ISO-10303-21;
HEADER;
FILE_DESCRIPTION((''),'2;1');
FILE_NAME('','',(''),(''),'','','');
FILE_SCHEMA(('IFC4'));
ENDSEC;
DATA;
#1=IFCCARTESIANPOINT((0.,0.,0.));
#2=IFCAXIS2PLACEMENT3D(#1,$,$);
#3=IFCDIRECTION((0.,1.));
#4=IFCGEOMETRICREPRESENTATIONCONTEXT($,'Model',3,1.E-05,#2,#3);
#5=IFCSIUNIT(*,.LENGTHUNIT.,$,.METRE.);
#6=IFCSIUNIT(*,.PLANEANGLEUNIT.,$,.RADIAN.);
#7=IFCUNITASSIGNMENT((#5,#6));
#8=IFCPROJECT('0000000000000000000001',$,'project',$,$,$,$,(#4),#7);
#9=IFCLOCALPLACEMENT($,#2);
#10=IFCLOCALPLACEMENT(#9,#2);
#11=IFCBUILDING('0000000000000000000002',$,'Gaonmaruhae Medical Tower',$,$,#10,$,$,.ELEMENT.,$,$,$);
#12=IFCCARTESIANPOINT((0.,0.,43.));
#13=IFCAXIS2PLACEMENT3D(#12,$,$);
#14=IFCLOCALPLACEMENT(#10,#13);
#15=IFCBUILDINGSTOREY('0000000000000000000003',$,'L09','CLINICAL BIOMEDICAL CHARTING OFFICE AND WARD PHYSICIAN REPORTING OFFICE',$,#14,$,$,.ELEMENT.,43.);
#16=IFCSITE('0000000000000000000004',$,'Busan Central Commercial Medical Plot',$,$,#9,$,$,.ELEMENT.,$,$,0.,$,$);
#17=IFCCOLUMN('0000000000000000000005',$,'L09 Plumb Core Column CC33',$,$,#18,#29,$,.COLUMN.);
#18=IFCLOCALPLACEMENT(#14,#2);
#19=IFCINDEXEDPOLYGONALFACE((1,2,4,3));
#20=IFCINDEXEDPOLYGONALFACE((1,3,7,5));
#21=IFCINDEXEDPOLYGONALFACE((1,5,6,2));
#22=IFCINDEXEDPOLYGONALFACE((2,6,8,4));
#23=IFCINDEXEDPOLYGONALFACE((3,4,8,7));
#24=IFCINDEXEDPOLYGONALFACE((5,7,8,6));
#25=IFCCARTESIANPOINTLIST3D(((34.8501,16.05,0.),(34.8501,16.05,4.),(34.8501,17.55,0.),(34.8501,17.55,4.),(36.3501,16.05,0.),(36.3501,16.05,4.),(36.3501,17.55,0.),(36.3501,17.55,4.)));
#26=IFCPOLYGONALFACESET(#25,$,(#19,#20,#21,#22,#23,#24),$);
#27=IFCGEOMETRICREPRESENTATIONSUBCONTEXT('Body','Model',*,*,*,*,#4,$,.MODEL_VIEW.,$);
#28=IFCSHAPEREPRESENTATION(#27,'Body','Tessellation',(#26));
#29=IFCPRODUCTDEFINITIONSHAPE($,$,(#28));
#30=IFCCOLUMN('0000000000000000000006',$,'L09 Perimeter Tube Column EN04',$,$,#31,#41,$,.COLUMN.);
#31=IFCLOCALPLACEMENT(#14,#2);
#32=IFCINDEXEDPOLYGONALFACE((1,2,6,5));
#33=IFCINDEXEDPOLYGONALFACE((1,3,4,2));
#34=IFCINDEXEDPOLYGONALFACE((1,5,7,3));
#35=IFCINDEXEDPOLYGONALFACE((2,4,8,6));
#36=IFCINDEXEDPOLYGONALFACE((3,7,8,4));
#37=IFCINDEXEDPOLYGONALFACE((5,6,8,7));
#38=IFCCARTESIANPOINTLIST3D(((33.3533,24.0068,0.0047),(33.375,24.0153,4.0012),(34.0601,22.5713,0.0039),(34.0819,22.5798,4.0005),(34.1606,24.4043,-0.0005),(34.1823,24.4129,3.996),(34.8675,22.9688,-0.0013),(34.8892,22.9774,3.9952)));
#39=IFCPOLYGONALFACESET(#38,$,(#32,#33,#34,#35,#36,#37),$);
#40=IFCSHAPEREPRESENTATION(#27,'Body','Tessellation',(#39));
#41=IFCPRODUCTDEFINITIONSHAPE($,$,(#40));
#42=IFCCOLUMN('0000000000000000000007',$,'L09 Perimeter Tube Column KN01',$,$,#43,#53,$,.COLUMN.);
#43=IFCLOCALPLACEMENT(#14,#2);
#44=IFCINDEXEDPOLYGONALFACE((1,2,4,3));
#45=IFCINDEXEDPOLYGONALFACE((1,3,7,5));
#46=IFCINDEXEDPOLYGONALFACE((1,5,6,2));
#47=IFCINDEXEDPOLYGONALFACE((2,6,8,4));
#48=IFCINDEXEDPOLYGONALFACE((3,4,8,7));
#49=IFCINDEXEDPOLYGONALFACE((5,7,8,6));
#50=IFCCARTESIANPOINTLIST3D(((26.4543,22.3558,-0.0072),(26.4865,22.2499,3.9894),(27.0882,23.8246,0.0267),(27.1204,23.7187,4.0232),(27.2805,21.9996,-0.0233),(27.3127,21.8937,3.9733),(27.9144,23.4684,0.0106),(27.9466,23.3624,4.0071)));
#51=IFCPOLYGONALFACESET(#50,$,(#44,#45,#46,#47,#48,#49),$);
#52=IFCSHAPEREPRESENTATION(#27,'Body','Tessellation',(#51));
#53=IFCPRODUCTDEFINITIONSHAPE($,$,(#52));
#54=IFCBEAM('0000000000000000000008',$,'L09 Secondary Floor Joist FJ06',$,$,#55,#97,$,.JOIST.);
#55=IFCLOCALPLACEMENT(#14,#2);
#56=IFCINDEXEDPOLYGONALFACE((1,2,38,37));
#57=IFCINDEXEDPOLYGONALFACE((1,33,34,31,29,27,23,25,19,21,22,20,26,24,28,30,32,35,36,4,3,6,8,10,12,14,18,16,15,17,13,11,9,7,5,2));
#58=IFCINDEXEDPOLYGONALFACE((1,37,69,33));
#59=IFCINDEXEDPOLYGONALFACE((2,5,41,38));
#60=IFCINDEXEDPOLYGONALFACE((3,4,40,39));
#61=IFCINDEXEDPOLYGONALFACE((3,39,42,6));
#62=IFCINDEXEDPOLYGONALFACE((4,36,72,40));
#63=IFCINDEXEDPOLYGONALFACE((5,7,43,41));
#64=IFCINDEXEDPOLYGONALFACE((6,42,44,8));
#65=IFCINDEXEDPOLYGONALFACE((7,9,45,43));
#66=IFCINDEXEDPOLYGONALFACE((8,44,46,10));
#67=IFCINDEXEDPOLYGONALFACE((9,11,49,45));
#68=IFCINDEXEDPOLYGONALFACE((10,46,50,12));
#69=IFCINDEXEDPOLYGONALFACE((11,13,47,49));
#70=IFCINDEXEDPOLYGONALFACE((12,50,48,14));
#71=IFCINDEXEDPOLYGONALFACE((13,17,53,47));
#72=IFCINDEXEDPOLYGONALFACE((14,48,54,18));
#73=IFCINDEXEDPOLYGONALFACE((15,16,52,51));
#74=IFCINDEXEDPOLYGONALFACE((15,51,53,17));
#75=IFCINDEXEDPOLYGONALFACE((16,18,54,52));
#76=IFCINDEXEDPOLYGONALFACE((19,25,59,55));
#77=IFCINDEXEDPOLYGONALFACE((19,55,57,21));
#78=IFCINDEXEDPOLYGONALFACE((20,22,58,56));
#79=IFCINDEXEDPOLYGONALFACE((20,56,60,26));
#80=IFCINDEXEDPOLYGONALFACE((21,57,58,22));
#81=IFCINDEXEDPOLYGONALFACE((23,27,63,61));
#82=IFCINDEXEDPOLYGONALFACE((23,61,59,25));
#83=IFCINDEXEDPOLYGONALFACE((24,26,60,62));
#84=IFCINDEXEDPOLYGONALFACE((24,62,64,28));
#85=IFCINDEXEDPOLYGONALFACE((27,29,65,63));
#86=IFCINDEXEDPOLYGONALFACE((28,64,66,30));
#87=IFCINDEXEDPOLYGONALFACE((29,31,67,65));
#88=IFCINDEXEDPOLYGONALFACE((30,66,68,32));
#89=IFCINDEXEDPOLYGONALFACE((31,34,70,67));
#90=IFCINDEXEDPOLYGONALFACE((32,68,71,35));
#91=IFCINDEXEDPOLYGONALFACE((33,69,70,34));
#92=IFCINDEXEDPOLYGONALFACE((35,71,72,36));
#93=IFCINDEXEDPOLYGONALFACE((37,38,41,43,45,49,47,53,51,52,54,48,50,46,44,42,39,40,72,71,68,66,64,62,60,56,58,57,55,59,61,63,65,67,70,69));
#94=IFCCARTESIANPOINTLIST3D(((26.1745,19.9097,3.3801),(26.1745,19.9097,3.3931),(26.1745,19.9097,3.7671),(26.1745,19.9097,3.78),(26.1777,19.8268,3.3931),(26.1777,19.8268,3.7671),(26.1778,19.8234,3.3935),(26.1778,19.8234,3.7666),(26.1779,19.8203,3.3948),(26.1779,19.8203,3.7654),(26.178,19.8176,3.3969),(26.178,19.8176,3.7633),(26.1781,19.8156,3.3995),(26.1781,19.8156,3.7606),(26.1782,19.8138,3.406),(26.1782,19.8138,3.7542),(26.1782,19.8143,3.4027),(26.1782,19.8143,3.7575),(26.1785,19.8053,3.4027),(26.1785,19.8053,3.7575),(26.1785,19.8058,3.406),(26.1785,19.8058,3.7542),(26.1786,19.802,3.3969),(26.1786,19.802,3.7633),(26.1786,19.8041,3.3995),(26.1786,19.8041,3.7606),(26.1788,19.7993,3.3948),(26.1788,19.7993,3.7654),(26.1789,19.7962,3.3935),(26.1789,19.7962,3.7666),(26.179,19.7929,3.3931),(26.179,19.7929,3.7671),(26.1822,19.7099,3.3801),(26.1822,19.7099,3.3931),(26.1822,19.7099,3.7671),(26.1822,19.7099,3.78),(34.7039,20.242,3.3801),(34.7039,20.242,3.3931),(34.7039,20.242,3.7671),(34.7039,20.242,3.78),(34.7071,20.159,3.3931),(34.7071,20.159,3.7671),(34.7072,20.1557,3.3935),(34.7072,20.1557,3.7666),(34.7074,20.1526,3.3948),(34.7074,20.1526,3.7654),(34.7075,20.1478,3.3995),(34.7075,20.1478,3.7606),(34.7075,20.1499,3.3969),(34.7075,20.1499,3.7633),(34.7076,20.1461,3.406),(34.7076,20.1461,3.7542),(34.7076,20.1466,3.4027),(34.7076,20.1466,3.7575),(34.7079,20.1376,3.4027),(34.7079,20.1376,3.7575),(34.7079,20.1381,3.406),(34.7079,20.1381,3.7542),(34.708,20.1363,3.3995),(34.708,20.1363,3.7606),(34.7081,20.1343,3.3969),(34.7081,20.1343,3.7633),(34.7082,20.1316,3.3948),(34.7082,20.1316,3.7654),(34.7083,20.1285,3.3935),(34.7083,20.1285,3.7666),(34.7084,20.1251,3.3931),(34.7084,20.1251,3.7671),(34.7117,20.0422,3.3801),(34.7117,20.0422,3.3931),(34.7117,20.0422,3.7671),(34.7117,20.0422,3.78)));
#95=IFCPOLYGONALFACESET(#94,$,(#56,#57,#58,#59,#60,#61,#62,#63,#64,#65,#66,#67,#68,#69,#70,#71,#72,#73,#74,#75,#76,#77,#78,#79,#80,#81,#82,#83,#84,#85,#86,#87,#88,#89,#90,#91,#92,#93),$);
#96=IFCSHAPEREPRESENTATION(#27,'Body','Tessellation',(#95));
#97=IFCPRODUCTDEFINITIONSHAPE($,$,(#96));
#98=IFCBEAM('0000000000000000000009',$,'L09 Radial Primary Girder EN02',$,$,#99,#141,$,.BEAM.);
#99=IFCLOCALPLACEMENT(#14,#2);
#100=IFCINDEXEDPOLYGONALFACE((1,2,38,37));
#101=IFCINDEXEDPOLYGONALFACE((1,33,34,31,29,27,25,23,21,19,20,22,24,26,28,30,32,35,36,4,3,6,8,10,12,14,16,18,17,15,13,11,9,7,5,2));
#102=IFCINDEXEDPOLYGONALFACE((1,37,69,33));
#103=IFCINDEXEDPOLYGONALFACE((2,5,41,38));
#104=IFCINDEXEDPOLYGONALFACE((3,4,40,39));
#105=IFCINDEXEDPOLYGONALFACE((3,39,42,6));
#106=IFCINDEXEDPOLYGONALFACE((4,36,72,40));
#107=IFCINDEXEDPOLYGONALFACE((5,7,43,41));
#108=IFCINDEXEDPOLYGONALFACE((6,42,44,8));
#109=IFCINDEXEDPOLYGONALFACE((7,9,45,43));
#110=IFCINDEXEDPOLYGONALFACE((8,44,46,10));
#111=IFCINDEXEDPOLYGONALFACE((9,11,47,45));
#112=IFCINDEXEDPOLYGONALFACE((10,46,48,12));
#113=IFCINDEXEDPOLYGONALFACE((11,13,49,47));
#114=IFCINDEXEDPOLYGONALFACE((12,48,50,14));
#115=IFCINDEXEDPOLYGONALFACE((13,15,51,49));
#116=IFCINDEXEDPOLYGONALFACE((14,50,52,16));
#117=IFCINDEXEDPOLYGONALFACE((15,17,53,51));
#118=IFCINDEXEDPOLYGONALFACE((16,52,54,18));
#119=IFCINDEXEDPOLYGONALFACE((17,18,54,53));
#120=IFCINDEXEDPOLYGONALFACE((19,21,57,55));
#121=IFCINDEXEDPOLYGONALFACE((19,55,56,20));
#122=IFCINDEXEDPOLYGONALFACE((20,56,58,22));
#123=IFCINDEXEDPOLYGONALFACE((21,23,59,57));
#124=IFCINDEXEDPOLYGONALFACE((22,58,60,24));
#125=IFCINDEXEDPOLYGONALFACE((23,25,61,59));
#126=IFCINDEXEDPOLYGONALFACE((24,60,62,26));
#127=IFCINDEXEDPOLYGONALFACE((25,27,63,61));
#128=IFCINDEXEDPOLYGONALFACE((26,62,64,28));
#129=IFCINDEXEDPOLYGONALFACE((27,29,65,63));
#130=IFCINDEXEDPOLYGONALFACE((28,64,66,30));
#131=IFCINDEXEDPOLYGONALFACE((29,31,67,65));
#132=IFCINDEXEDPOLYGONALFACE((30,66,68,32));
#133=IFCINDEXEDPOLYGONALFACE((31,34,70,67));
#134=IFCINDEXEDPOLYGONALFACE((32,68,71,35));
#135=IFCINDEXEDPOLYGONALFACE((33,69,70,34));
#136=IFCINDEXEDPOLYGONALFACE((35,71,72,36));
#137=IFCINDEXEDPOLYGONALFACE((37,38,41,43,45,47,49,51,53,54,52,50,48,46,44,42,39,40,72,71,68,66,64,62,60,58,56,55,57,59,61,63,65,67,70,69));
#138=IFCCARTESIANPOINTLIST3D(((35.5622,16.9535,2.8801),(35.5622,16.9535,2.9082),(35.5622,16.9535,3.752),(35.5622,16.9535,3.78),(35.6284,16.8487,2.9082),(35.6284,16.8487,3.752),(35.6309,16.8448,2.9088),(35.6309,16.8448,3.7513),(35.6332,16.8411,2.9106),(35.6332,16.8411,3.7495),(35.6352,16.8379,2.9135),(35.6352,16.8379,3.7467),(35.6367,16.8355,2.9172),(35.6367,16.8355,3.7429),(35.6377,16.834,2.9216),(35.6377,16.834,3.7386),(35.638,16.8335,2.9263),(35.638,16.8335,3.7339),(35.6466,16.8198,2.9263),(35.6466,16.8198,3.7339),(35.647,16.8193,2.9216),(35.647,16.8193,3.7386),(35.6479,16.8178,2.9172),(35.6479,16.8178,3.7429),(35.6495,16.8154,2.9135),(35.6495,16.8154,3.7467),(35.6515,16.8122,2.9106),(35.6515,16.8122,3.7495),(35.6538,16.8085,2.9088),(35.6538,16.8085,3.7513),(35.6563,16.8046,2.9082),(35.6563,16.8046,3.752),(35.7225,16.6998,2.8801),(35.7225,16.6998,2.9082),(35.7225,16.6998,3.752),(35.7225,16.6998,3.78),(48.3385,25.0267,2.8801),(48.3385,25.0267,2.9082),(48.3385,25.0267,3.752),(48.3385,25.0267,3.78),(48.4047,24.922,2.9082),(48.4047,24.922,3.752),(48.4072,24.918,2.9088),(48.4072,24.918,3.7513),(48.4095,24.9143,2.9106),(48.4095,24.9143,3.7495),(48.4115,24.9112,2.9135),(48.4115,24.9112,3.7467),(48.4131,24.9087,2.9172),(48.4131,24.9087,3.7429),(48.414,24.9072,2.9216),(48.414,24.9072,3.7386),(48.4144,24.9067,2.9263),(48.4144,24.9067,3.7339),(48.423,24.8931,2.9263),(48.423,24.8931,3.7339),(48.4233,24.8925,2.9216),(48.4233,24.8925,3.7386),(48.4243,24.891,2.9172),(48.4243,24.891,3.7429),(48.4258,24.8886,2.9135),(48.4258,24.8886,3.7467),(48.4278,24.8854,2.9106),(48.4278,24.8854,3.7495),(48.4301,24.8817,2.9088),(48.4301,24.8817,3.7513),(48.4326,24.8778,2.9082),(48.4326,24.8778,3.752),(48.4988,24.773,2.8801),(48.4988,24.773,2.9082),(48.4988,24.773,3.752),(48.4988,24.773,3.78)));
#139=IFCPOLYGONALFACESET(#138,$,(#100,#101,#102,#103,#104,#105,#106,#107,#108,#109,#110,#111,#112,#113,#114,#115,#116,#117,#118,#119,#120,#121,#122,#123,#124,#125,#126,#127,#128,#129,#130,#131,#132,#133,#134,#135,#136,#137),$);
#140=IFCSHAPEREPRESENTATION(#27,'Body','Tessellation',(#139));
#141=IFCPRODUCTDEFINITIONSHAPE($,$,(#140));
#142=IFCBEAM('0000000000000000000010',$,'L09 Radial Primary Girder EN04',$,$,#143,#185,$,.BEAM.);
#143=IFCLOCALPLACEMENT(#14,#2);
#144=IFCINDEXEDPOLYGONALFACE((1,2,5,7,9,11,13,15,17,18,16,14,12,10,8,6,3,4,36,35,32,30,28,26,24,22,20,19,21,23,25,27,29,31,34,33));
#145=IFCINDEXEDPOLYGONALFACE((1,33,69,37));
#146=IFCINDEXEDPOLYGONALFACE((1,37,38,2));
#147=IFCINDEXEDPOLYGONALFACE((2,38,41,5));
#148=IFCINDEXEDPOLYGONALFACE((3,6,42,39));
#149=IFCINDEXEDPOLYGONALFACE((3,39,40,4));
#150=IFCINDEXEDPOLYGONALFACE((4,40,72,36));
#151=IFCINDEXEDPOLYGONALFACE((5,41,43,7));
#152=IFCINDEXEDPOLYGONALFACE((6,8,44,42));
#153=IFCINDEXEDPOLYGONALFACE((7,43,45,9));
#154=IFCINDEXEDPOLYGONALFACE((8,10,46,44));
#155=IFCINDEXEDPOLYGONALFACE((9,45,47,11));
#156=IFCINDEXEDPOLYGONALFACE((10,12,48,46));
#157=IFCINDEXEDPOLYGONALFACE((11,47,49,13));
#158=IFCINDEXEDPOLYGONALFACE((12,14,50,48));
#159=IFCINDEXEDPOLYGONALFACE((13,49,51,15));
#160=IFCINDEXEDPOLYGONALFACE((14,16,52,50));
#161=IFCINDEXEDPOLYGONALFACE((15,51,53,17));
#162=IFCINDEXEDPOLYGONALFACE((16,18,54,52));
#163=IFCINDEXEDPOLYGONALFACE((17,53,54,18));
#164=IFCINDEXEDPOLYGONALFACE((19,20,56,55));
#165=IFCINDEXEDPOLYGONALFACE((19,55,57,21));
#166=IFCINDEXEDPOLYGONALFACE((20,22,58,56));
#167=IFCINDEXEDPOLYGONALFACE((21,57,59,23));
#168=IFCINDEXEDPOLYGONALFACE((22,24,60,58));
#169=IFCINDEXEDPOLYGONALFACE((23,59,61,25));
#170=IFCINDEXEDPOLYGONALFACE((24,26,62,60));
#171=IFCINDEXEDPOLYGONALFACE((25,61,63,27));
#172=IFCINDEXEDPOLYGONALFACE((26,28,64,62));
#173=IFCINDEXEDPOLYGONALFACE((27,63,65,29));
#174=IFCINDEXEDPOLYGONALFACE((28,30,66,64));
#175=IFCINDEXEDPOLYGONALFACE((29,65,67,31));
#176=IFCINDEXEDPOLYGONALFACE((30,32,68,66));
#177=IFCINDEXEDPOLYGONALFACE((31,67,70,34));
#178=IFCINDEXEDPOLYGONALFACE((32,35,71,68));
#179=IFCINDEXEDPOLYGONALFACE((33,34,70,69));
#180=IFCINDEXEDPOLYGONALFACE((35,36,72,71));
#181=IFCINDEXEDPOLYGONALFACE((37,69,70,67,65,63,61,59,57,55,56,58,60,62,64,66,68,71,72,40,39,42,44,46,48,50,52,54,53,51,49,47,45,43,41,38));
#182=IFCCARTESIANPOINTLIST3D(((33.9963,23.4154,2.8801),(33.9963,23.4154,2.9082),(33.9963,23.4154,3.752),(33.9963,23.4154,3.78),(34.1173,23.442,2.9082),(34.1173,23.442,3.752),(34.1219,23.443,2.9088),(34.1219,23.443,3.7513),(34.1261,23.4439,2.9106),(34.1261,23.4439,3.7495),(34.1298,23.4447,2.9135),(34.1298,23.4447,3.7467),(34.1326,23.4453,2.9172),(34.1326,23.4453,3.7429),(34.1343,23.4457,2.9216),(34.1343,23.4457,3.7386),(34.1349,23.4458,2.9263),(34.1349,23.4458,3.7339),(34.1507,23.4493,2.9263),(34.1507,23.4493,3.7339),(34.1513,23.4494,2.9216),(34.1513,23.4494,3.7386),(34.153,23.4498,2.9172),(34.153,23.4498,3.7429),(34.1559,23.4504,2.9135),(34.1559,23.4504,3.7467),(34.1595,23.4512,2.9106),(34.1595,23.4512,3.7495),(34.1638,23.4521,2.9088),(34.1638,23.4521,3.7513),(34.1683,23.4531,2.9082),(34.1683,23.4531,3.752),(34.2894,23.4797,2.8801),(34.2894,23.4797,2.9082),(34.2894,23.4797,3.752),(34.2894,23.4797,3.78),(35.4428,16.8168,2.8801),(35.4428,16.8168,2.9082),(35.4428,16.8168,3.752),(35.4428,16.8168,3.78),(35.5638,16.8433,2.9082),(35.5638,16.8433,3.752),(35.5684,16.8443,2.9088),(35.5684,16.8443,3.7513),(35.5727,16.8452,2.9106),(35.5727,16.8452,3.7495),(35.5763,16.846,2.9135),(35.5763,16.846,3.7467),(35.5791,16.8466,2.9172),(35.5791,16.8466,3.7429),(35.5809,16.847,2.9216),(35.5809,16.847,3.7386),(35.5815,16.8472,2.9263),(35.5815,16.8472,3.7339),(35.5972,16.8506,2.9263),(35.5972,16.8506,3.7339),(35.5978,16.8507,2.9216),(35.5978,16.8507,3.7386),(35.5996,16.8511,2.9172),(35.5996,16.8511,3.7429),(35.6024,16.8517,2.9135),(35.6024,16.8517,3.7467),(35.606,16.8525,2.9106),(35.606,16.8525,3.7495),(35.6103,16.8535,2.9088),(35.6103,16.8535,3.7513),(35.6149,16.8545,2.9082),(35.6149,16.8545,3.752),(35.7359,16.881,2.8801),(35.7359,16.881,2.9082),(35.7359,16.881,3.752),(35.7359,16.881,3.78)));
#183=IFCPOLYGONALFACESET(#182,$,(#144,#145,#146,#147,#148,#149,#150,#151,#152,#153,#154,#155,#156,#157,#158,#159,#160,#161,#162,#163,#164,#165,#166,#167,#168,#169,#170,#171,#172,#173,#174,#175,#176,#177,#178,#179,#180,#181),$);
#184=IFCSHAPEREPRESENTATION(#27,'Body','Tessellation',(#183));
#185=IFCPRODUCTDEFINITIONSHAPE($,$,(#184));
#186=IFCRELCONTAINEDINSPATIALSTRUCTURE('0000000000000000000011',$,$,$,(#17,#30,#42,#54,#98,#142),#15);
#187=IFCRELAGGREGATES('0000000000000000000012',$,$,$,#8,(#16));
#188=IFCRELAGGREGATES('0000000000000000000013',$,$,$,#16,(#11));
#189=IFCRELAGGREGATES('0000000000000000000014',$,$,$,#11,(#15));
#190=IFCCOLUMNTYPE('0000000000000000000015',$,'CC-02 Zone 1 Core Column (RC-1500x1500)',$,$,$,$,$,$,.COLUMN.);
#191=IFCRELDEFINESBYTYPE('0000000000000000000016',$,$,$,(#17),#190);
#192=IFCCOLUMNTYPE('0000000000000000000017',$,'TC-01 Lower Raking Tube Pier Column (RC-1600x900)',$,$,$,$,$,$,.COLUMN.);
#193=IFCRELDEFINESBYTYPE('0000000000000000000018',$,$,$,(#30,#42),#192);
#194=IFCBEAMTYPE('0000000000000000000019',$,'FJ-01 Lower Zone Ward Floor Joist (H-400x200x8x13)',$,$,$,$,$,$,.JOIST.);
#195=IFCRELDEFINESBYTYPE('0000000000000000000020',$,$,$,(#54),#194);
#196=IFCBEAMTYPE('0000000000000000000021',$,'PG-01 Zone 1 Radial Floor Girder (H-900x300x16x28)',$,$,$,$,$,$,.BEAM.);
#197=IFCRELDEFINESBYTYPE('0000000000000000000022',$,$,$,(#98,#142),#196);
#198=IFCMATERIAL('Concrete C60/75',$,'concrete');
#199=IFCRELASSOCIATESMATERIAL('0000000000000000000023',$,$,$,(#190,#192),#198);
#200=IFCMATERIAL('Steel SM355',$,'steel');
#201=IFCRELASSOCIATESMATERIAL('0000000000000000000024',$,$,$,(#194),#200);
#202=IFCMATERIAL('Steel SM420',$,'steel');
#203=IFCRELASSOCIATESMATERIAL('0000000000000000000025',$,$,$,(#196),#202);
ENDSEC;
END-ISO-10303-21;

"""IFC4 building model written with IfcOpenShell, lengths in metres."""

from ifc_helpers import new_model, si_unit, direction, frame, origin, origin_2d, place, context, subcontext, project, spatial, rectangle, i_section, extrude, material, material_profile, profile_set, type_object, element, save


model = new_model("IFC4")

# Units and contexts
model_context = context("Model", 3, precision=1e-05, world=origin(), true_north=direction((0.0, 1.0)))
body_context = subcontext(model_context, "Body", "Model", "MODEL_VIEW")
ifc_project = project(units=[si_unit("LENGTHUNIT", "METRE"), si_unit("PLANEANGLEUNIT", "RADIAN")], contexts=[model_context])

# Site, building, storey
site_placement = place(None, origin())
site = spatial("IfcSite", under=ifc_project, at=site_placement, Name="Busan Central Commercial Medical Plot", CompositionType="ELEMENT", RefElevation=0.0)
building_placement = place(site_placement, origin())
building = spatial("IfcBuilding", under=site, at=building_placement, Name="Gaonmaruhae Medical Tower", CompositionType="ELEMENT")
storey_placement = place(building_placement, frame((0.0, 0.0, 43.0)))
storey = spatial("IfcBuildingStorey", under=building, at=storey_placement, Name="L09", Description="CLINICAL BIOMEDICAL CHARTING OFFICE AND WARD PHYSICIAN REPORTING OFFICE", CompositionType="ELEMENT", Elevation=43.0)

# Columns
ifc_material_1 = material(Name="Concrete C60/75", Category="concrete")
ifc_material_profile_1 = material_profile(ifc_material_1, rectangle(XDim=1.5, YDim=1.5, at=origin_2d()), Name="RC-1500x1500")
ifc_profile_set_1 = profile_set([ifc_material_profile_1], Name="Concrete C60/75")
column_type_1 = type_object("IfcColumnType", Name="CC-02 Zone 1 Core Column (RC-1500x1500)", PredefinedType="COLUMN", material=ifc_profile_set_1)
column_1_placement = place(storey_placement, frame((35.6001, 16.8, 0.0), z_axis=(0.0, 0.0, 1.0), x_axis=(1.0, 0.0, 0.0)))
element("IfcColumn", 1, at=column_1_placement, inside=storey, type_object=column_type_1, Name="L09 Plumb Core Column CC33", PredefinedType="COLUMN", context=body_context, shape_type="SweptSolid", body=[
    extrude(rectangle(XDim=1.5, YDim=1.5, at=origin_2d()), origin(), (0.0, 0.0, 1.0), 4.0),
])
ifc_material_profile_2 = material_profile(ifc_material_1, rectangle(XDim=1.6001, YDim=0.8999, at=origin_2d()), Name="RC-1600x900")
ifc_profile_set_2 = profile_set([ifc_material_profile_2], Name="Concrete C60/75")
column_type_2 = type_object("IfcColumnType", Name="TC-01 Lower Raking Tube Pier Column (RC-1600x900)", PredefinedType="COLUMN", material=ifc_profile_set_2)
column_2_placement = place(storey_placement, frame((34.1104, 23.4878, 0.0017), z_axis=(0.005437, 0.002138, 0.999983), x_axis=(-0.441781, 0.897123, 0.000484)))
element("IfcColumn", 2, at=column_2_placement, inside=storey, type_object=column_type_2, Name="L09 Perimeter Tube Column EN04", PredefinedType="COLUMN", context=body_context, shape_type="SweptSolid", body=[
    extrude(rectangle(XDim=1.6001, YDim=0.8999, at=origin_2d()), origin(), (0.0, 0.0, 1.0), 3.9966),
])
column_3_placement = place(storey_placement, frame((27.1843, 22.9121, 0.0017), z_axis=(0.00806, -0.026502, 0.999616), x_axis=(0.39616, 0.917938, 0.021142)))
element("IfcColumn", 3, at=column_3_placement, inside=storey, type_object=column_type_2, Name="L09 Perimeter Tube Column KN01", PredefinedType="COLUMN", context=body_context, shape_type="SweptSolid", body=[
    extrude(rectangle(XDim=1.6001, YDim=0.8999, at=origin_2d()), origin(), (0.0, 0.0, 1.0), 3.998),
])

# Beams
ifc_material_2 = material(Name="Steel SM355", Category="steel")
ifc_material_profile_3 = material_profile(ifc_material_2, i_section(OverallWidth=0.2, OverallDepth=0.3999, WebThickness=0.0081, FlangeThickness=0.0129, FilletRadius=0.0129, at=origin_2d()), Name="H-400x200x8x13")
ifc_profile_set_3 = profile_set([ifc_material_profile_3], Name="Steel SM355")
beam_type_1 = type_object("IfcBeamType", Name="FJ-01 Lower Zone Ward Floor Joist (H-400x200x8x13)", PredefinedType="JOIST", material=ifc_profile_set_3)
beam_1_placement = place(storey_placement, frame((34.7078, 20.1421, 3.5801), z_axis=(-0.999242, -0.038927, 0.0), x_axis=(0.038927, -0.999242, 0.0)))
element("IfcBeam", 4, at=beam_1_placement, inside=storey, type_object=beam_type_1, Name="L09 Secondary Floor Joist FJ06", PredefinedType="JOIST", context=body_context, shape_type="SweptSolid", body=[
    extrude(i_section(OverallWidth=0.2, OverallDepth=0.3999, WebThickness=0.0081, FlangeThickness=0.0129, FilletRadius=0.0129, at=origin_2d()), origin(), (0.0, 0.0, 1.0), 8.5359),
])
ifc_material_3 = material(Name="Steel SM420", Category="steel")
ifc_material_profile_4 = material_profile(ifc_material_3, i_section(OverallWidth=0.3, OverallDepth=0.8999, WebThickness=0.0161, FlangeThickness=0.0281, FilletRadius=0.0181, at=origin_2d()), Name="H-900x300x16x28")
ifc_profile_set_4 = profile_set([ifc_material_profile_4], Name="Steel SM420")
beam_type_2 = type_object("IfcBeamType", Name="PG-01 Zone 1 Radial Floor Girder (H-900x300x16x28)", PredefinedType="BEAM", material=ifc_profile_set_4)
beam_2_placement = place(storey_placement, frame((35.6423, 16.8267, 3.3301), z_axis=(0.845371, 0.53418, 0.0), x_axis=(-0.53418, 0.845371, 0.0)))
element("IfcBeam", 5, at=beam_2_placement, inside=storey, type_object=beam_type_2, Name="L09 Radial Primary Girder EN02", PredefinedType="BEAM", context=body_context, shape_type="SweptSolid", body=[
    extrude(i_section(OverallWidth=0.3, OverallDepth=0.8999, WebThickness=0.0161, FlangeThickness=0.0281, FilletRadius=0.0181, at=origin_2d()), origin(), (0.0, 0.0, 1.0), 15.1133),
])
beam_3_placement = place(storey_placement, frame((35.5894, 16.8489, 3.3301), z_axis=(-0.214132, 0.976805, 0.0), x_axis=(-0.976805, -0.214132, 0.0)))
element("IfcBeam", 6, at=beam_3_placement, inside=storey, type_object=beam_type_2, Name="L09 Radial Primary Girder EN04", PredefinedType="BEAM", context=body_context, shape_type="SweptSolid", body=[
    extrude(i_section(OverallWidth=0.3, OverallDepth=0.8999, WebThickness=0.0161, FlangeThickness=0.0281, FilletRadius=0.0181, at=origin_2d()), origin(), (0.0, 0.0, 1.0), 6.7554),
])

save(model, "model.ifc")
